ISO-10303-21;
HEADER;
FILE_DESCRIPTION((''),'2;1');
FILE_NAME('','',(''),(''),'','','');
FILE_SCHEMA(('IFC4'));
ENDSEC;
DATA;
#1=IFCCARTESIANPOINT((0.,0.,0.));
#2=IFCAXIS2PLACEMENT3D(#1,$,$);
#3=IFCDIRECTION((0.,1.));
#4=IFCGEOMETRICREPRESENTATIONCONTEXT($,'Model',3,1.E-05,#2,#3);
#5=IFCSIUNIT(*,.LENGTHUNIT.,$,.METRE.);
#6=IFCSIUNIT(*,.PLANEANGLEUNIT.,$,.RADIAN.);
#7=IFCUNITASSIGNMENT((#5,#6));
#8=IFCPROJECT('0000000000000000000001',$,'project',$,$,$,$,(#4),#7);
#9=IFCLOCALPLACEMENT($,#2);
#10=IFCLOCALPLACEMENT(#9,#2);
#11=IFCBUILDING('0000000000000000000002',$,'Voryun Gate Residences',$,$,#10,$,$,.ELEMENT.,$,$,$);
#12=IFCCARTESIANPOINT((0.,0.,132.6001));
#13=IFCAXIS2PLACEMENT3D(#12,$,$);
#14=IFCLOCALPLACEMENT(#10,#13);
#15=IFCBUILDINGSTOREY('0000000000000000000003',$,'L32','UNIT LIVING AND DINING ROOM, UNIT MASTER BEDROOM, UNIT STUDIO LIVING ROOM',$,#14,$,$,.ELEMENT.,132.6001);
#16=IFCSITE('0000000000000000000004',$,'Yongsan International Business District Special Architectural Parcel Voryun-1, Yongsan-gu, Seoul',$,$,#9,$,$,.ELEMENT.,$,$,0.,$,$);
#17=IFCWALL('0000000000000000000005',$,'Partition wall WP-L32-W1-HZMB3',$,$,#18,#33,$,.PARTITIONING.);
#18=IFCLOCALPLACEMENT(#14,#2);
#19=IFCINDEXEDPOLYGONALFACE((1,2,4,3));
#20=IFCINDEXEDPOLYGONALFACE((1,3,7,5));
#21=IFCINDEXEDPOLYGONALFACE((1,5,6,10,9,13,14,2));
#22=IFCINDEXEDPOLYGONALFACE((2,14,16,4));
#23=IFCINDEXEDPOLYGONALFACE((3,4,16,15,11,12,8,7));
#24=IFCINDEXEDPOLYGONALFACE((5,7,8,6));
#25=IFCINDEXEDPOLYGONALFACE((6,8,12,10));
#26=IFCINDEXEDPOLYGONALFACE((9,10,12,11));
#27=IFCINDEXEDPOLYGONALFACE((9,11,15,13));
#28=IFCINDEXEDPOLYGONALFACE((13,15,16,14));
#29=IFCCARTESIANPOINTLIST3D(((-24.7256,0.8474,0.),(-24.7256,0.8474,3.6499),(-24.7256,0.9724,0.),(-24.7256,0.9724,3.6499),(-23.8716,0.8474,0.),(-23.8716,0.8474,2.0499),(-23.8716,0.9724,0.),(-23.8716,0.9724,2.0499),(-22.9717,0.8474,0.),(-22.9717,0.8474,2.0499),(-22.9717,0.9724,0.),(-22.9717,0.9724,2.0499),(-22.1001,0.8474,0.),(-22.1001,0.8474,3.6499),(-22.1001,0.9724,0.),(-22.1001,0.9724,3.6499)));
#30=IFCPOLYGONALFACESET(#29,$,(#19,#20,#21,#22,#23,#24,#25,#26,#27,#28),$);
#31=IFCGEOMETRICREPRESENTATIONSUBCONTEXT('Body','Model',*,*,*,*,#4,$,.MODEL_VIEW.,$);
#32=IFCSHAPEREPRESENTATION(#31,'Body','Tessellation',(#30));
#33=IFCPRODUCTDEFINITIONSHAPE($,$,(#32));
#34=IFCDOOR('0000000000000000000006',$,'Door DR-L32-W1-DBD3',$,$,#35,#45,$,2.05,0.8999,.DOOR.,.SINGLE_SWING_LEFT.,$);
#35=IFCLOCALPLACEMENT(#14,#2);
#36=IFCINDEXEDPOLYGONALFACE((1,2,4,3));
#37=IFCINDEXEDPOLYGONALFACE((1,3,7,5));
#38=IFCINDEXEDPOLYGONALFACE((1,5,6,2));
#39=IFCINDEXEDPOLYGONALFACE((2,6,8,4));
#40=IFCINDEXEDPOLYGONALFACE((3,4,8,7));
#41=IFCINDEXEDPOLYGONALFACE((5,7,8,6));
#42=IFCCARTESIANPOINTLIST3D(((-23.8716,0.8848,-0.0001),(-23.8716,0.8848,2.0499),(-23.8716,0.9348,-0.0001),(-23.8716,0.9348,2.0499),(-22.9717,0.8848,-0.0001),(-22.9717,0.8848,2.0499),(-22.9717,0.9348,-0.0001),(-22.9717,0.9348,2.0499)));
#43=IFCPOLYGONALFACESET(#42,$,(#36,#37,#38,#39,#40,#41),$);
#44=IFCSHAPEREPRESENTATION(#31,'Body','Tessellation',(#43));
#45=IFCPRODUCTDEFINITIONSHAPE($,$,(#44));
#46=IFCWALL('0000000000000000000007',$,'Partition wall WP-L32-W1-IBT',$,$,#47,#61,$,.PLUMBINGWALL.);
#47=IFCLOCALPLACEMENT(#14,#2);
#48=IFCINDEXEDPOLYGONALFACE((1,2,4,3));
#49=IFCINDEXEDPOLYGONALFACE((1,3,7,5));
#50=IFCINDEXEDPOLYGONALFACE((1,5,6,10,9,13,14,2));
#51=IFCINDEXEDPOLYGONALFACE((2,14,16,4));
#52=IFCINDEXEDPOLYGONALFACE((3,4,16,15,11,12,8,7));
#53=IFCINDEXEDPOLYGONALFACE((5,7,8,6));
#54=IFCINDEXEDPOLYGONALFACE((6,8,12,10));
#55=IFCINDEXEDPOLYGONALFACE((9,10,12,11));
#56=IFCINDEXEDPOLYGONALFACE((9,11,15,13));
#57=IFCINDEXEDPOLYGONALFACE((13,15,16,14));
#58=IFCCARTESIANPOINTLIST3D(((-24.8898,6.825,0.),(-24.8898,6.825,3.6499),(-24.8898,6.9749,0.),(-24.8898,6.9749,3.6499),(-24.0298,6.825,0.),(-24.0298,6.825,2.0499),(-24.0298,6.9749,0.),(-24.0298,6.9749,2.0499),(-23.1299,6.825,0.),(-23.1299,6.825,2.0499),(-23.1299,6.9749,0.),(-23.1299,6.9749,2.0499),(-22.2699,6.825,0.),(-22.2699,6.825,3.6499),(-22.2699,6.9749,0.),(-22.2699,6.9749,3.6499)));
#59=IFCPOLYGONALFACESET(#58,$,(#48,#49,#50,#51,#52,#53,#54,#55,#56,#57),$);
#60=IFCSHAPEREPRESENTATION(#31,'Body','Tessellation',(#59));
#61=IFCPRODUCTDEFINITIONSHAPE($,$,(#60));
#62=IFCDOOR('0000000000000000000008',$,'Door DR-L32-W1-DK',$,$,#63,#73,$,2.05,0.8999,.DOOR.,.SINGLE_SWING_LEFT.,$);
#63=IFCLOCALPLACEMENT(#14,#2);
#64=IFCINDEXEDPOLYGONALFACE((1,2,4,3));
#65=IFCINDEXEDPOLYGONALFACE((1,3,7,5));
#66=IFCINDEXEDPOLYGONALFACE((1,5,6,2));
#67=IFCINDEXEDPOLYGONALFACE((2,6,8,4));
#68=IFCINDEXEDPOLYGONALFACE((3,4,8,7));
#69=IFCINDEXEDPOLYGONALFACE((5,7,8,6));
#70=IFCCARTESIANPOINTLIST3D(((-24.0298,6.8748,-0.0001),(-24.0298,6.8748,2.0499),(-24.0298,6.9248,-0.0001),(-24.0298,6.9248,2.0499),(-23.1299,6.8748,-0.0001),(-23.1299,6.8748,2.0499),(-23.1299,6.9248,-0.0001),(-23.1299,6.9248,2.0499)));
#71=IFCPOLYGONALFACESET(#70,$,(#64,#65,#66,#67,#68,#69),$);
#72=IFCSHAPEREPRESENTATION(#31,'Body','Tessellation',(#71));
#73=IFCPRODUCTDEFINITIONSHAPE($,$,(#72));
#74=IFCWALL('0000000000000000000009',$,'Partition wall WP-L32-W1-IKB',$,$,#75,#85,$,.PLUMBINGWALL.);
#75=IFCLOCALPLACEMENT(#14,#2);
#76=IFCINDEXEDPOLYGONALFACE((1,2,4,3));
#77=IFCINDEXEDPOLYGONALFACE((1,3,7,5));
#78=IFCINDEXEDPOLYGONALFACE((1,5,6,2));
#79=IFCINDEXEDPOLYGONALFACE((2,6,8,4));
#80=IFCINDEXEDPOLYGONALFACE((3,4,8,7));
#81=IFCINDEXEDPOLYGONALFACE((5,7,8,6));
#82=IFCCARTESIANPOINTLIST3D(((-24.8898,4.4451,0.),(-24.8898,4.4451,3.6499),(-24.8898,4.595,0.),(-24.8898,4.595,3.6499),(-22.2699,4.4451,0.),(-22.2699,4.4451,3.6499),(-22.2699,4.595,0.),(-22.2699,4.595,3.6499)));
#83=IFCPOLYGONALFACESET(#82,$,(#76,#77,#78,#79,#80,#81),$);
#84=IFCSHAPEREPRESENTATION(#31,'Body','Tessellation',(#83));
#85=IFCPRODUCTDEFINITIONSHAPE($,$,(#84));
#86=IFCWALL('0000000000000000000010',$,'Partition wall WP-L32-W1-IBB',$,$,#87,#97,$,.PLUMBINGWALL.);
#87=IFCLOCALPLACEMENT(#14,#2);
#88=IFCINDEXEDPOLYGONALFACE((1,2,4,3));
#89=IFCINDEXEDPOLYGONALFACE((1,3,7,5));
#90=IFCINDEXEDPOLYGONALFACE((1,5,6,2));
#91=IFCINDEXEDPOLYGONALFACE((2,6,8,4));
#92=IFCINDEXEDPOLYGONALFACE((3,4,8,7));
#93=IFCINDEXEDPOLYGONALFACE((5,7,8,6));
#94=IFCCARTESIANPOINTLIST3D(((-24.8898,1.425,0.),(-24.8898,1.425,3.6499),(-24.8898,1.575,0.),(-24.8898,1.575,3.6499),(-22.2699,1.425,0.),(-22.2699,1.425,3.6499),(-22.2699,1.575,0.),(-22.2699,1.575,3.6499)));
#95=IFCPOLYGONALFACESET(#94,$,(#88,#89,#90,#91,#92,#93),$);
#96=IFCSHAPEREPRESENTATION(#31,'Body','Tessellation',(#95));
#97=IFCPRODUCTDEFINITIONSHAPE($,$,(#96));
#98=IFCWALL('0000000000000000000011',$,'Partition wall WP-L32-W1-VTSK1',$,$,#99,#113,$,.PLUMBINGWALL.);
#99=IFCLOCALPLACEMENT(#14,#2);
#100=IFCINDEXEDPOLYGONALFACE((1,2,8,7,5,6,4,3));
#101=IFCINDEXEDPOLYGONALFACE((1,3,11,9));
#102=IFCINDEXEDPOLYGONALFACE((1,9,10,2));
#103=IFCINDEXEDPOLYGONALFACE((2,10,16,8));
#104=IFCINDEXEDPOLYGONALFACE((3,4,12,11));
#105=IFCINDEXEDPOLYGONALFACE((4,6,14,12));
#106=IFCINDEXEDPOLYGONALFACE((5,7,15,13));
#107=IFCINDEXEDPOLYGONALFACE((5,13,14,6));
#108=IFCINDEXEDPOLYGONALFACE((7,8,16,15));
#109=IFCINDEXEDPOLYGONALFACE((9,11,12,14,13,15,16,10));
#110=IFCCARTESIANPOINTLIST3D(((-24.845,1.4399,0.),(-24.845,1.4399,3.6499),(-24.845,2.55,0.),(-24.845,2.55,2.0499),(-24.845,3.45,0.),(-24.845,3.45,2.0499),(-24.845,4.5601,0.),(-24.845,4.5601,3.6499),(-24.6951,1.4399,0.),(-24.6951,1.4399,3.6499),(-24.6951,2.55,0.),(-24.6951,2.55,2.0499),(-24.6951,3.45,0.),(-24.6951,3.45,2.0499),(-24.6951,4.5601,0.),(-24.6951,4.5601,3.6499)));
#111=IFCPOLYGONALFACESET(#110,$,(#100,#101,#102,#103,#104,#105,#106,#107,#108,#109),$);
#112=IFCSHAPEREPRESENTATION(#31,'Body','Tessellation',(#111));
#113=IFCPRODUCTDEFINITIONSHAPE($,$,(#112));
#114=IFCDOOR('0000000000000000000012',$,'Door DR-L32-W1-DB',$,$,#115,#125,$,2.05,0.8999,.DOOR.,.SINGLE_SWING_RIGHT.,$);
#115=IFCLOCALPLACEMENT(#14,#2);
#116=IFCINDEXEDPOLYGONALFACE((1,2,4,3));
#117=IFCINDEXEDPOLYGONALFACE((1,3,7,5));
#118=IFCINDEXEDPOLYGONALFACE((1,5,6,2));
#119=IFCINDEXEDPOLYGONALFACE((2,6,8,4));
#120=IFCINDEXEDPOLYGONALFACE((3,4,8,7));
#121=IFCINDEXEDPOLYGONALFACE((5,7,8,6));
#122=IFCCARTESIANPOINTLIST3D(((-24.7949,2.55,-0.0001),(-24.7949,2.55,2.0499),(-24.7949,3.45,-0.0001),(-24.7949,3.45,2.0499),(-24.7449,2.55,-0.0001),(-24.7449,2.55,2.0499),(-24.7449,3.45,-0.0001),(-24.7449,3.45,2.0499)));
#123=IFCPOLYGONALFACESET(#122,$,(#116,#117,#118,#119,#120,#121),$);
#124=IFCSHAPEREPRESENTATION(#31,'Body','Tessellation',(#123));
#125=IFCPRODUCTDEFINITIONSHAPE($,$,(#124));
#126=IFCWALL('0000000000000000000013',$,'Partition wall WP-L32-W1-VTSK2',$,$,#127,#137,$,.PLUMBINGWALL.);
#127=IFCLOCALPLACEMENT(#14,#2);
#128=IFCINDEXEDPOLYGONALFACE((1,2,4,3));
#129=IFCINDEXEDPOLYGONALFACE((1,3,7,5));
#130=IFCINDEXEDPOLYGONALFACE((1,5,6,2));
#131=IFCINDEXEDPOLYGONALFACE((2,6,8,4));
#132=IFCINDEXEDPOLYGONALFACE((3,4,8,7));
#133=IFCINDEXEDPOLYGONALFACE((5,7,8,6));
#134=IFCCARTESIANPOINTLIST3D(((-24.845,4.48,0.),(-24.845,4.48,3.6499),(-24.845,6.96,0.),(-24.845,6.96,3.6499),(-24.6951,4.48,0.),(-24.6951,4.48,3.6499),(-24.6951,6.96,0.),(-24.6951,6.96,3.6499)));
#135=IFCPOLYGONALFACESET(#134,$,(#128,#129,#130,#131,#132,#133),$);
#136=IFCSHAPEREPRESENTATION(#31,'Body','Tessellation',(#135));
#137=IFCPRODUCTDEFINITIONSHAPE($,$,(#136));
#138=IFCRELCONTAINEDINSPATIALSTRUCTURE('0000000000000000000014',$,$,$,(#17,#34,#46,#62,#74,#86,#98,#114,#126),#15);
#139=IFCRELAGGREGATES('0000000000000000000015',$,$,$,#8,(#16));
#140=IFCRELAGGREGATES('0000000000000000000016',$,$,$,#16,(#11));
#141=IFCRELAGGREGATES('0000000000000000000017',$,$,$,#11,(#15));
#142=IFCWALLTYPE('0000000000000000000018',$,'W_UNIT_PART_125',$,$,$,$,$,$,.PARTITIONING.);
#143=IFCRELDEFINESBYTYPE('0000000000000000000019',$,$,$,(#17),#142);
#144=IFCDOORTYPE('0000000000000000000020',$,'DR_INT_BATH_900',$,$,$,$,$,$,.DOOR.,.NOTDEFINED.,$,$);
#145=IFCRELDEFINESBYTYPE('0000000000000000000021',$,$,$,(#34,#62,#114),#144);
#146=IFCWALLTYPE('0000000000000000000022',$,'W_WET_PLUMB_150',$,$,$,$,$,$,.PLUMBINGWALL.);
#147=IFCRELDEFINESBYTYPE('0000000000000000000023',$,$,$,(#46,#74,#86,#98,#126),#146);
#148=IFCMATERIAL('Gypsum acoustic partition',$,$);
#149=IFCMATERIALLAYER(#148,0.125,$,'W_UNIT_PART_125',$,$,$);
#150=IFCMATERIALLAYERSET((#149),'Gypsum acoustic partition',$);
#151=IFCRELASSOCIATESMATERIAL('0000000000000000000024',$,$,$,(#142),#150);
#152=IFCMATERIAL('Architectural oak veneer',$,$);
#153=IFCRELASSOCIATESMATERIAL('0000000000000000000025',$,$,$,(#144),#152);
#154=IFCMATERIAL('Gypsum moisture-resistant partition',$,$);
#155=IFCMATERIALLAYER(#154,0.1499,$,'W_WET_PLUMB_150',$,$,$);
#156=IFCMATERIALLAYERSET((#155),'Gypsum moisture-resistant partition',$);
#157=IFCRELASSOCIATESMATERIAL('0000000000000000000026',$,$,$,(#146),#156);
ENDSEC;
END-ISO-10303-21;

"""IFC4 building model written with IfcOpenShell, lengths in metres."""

from ifc_helpers import new_model, si_unit, direction, frame, frame_2d, origin, place, context, subcontext, project, spatial, rectangle, extrude, material, layer, layer_set, type_object, element, fill, save


model = new_model("IFC4")

# Units and contexts
model_context = context("Model", 3, precision=1e-05, world=origin(), true_north=direction((0.0, 1.0)))
body_context = subcontext(model_context, "Body", "Model", "MODEL_VIEW")
ifc_project = project(units=[si_unit("LENGTHUNIT", "METRE"), si_unit("PLANEANGLEUNIT", "RADIAN")], contexts=[model_context])

# Site, building, storey
site_placement = place(None, origin())
site = spatial("IfcSite", under=ifc_project, at=site_placement, Name="Yongsan International Business District Special Architectural Parcel Voryun-1, Yongsan-gu, Seoul", CompositionType="ELEMENT", RefElevation=0.0)
building_placement = place(site_placement, origin())
building = spatial("IfcBuilding", under=site, at=building_placement, Name="Voryun Gate Residences", CompositionType="ELEMENT")
storey_placement = place(building_placement, frame((0.0, 0.0, 132.6001)))
storey = spatial("IfcBuildingStorey", under=building, at=storey_placement, Name="L32", Description="UNIT LIVING AND DINING ROOM, UNIT MASTER BEDROOM, UNIT STUDIO LIVING ROOM", CompositionType="ELEMENT", Elevation=132.6001)

# Walls, openings, doors
ifc_material_1 = material(Name="Gypsum acoustic partition")
ifc_layer_1 = layer(ifc_material_1, 0.125, Name="W_UNIT_PART_125")
ifc_layer_set_1 = layer_set([ifc_layer_1], Name="Gypsum acoustic partition")
wall_type_1 = type_object("IfcWallType", Name="W_UNIT_PART_125", PredefinedType="PARTITIONING", material=ifc_layer_set_1)
ifc_material_2 = material(Name="Architectural oak veneer")
door_type_1 = type_object("IfcDoorType", Name="DR_INT_BATH_900", OperationType="NOTDEFINED", PredefinedType="DOOR", material=ifc_material_2)
wall_1_placement = place(storey_placement, frame((-24.7256, 0.9099, 0.0), z_axis=(0.0, 0.0, 1.0), x_axis=(1.0, 0.0, 0.0)))
wall_1 = element("IfcWall", 1, at=wall_1_placement, inside=storey, type_object=wall_type_1, Name="Partition wall WP-L32-W1-HZMB3", PredefinedType="PARTITIONING", context=body_context, shape_type="SweptSolid", body=[
    extrude(rectangle(XDim=2.6255, YDim=0.125, at=frame_2d((1.3127, 0.0))), origin(), (0.0, 0.0, 1.0), 3.6499),
])
opening_1_placement = place(wall_1_placement, frame((0.854, 0.0, 0.0)))
opening_1 = element("IfcOpeningElement", 2, at=opening_1_placement, cuts=wall_1, PredefinedType="OPENING", context=body_context, shape_type="SweptSolid", body=[
    extrude(rectangle(XDim=0.8999, YDim=2.05, at=frame_2d((0.45, 1.0249))), frame((0.0, 0.0725, 0.0), z_axis=(0.0, -1.0, 0.0), x_axis=(1.0, 0.0, 0.0)), (0.0, 0.0, 1.0), 0.145),
])
door_1_placement = place(opening_1_placement, origin())
door_1 = element("IfcDoor", 3, at=door_1_placement, inside=storey, type_object=door_type_1, Name="Door DR-L32-W1-DBD3", OperationType="SINGLE_SWING_LEFT", OverallHeight=2.05, OverallWidth=0.8999, PredefinedType="DOOR", context=body_context, shape_type="SweptSolid", body=[
    extrude(rectangle(XDim=0.8999, YDim=2.05, at=frame_2d((0.45, 1.0249))), frame((0.0, 0.0249, 0.0), z_axis=(0.0, -1.0, 0.0), x_axis=(1.0, 0.0, 0.0)), (0.0, 0.0, 1.0), 0.05),
])
fill(opening_1, door_1)
ifc_material_3 = material(Name="Gypsum moisture-resistant partition")
ifc_layer_2 = layer(ifc_material_3, 0.1499, Name="W_WET_PLUMB_150")
ifc_layer_set_2 = layer_set([ifc_layer_2], Name="Gypsum moisture-resistant partition")
wall_type_2 = type_object("IfcWallType", Name="W_WET_PLUMB_150", PredefinedType="PLUMBINGWALL", material=ifc_layer_set_2)
wall_2_placement = place(storey_placement, frame((-24.8899, 6.8999, 0.0), z_axis=(0.0, 0.0, 1.0), x_axis=(1.0, 0.0, 0.0)))
wall_2 = element("IfcWall", 4, at=wall_2_placement, inside=storey, type_object=wall_type_2, Name="Partition wall WP-L32-W1-IBT", PredefinedType="PLUMBINGWALL", context=body_context, shape_type="SweptSolid", body=[
    extrude(rectangle(XDim=2.6199, YDim=0.1499, at=frame_2d((1.3101, 0.0))), origin(), (0.0, 0.0, 1.0), 3.6499),
])
opening_2_placement = place(wall_2_placement, frame((0.8601, 0.0, 0.0)))
opening_2 = element("IfcOpeningElement", 5, at=opening_2_placement, cuts=wall_2, PredefinedType="OPENING", context=body_context, shape_type="SweptSolid", body=[
    extrude(rectangle(XDim=0.8999, YDim=2.05, at=frame_2d((0.45, 1.0249))), frame((0.0, 0.085, 0.0), z_axis=(0.0, -1.0, 0.0), x_axis=(1.0, 0.0, 0.0)), (0.0, 0.0, 1.0), 0.1699),
])
door_2_placement = place(opening_2_placement, origin())
door_2 = element("IfcDoor", 6, at=door_2_placement, inside=storey, type_object=door_type_1, Name="Door DR-L32-W1-DK", OperationType="SINGLE_SWING_LEFT", OverallHeight=2.05, OverallWidth=0.8999, PredefinedType="DOOR", context=body_context, shape_type="SweptSolid", body=[
    extrude(rectangle(XDim=0.8999, YDim=2.05, at=frame_2d((0.45, 1.0249))), frame((0.0, 0.0249, 0.0), z_axis=(0.0, -1.0, 0.0), x_axis=(1.0, 0.0, 0.0)), (0.0, 0.0, 1.0), 0.05),
])
fill(opening_2, door_2)

# Walls
for number, where, z_axis, x_axis, name in (
    (7, (-24.8899, 4.52, 0.0), (0.0, 0.0, 1.0), (1.0, 0.0, 0.0), "Partition wall WP-L32-W1-IKB"),
    (8, (-24.8899, 1.5, 0.0), (0.0, 0.0, 1.0), (1.0, 0.0, 0.0), "Partition wall WP-L32-W1-IBB"),
):
    element("IfcWall", number, at=place(storey_placement, frame(where, z_axis=z_axis, x_axis=x_axis)), inside=storey, type_object=wall_type_2, Name=name, PredefinedType="PLUMBINGWALL", context=body_context, shape_type="SweptSolid", body=[
        extrude(rectangle(XDim=2.6199, YDim=0.1499, at=frame_2d((1.3101, 0.0))), origin(), (0.0, 0.0, 1.0), 3.6499),
    ])

# Wall, opening, door
wall_3_placement = place(storey_placement, frame((-24.77, 1.4399, 0.0), z_axis=(0.0, 0.0, 1.0), x_axis=(0.0, 1.0, 0.0)))
wall_3 = element("IfcWall", 9, at=wall_3_placement, inside=storey, type_object=wall_type_2, Name="Partition wall WP-L32-W1-VTSK1", PredefinedType="PLUMBINGWALL", context=body_context, shape_type="SweptSolid", body=[
    extrude(rectangle(XDim=3.1201, YDim=0.1499, at=frame_2d((1.5601, 0.0))), origin(), (0.0, 0.0, 1.0), 3.6499),
])
opening_3_placement = place(wall_3_placement, frame((1.1101, 0.0, 0.0)))
opening_3 = element("IfcOpeningElement", 10, at=opening_3_placement, cuts=wall_3, PredefinedType="OPENING", context=body_context, shape_type="SweptSolid", body=[
    extrude(rectangle(XDim=0.8999, YDim=2.05, at=frame_2d((0.45, 1.0249))), frame((0.0, 0.085, 0.0), z_axis=(0.0, -1.0, 0.0), x_axis=(1.0, 0.0, 0.0)), (0.0, 0.0, 1.0), 0.1699),
])
door_3_placement = place(opening_3_placement, origin())
door_3 = element("IfcDoor", 11, at=door_3_placement, inside=storey, type_object=door_type_1, Name="Door DR-L32-W1-DB", OperationType="SINGLE_SWING_RIGHT", OverallHeight=2.05, OverallWidth=0.8999, PredefinedType="DOOR", context=body_context, shape_type="SweptSolid", body=[
    extrude(rectangle(XDim=0.8999, YDim=2.05, at=frame_2d((0.45, 1.0249))), frame((0.0, 0.0249, 0.0), z_axis=(0.0, -1.0, 0.0), x_axis=(1.0, 0.0, 0.0)), (0.0, 0.0, 1.0), 0.05),
])
fill(opening_3, door_3)

# Wall
wall_4_placement = place(storey_placement, frame((-24.77, 4.48, 0.0), z_axis=(0.0, 0.0, 1.0), x_axis=(0.0, 1.0, 0.0)))
element("IfcWall", 12, at=wall_4_placement, inside=storey, type_object=wall_type_2, Name="Partition wall WP-L32-W1-VTSK2", PredefinedType="PLUMBINGWALL", context=body_context, shape_type="SweptSolid", body=[
    extrude(rectangle(XDim=2.48, YDim=0.1499, at=frame_2d((1.24, 0.0))), origin(), (0.0, 0.0, 1.0), 3.6499),
])

save(model, "model.ifc")
